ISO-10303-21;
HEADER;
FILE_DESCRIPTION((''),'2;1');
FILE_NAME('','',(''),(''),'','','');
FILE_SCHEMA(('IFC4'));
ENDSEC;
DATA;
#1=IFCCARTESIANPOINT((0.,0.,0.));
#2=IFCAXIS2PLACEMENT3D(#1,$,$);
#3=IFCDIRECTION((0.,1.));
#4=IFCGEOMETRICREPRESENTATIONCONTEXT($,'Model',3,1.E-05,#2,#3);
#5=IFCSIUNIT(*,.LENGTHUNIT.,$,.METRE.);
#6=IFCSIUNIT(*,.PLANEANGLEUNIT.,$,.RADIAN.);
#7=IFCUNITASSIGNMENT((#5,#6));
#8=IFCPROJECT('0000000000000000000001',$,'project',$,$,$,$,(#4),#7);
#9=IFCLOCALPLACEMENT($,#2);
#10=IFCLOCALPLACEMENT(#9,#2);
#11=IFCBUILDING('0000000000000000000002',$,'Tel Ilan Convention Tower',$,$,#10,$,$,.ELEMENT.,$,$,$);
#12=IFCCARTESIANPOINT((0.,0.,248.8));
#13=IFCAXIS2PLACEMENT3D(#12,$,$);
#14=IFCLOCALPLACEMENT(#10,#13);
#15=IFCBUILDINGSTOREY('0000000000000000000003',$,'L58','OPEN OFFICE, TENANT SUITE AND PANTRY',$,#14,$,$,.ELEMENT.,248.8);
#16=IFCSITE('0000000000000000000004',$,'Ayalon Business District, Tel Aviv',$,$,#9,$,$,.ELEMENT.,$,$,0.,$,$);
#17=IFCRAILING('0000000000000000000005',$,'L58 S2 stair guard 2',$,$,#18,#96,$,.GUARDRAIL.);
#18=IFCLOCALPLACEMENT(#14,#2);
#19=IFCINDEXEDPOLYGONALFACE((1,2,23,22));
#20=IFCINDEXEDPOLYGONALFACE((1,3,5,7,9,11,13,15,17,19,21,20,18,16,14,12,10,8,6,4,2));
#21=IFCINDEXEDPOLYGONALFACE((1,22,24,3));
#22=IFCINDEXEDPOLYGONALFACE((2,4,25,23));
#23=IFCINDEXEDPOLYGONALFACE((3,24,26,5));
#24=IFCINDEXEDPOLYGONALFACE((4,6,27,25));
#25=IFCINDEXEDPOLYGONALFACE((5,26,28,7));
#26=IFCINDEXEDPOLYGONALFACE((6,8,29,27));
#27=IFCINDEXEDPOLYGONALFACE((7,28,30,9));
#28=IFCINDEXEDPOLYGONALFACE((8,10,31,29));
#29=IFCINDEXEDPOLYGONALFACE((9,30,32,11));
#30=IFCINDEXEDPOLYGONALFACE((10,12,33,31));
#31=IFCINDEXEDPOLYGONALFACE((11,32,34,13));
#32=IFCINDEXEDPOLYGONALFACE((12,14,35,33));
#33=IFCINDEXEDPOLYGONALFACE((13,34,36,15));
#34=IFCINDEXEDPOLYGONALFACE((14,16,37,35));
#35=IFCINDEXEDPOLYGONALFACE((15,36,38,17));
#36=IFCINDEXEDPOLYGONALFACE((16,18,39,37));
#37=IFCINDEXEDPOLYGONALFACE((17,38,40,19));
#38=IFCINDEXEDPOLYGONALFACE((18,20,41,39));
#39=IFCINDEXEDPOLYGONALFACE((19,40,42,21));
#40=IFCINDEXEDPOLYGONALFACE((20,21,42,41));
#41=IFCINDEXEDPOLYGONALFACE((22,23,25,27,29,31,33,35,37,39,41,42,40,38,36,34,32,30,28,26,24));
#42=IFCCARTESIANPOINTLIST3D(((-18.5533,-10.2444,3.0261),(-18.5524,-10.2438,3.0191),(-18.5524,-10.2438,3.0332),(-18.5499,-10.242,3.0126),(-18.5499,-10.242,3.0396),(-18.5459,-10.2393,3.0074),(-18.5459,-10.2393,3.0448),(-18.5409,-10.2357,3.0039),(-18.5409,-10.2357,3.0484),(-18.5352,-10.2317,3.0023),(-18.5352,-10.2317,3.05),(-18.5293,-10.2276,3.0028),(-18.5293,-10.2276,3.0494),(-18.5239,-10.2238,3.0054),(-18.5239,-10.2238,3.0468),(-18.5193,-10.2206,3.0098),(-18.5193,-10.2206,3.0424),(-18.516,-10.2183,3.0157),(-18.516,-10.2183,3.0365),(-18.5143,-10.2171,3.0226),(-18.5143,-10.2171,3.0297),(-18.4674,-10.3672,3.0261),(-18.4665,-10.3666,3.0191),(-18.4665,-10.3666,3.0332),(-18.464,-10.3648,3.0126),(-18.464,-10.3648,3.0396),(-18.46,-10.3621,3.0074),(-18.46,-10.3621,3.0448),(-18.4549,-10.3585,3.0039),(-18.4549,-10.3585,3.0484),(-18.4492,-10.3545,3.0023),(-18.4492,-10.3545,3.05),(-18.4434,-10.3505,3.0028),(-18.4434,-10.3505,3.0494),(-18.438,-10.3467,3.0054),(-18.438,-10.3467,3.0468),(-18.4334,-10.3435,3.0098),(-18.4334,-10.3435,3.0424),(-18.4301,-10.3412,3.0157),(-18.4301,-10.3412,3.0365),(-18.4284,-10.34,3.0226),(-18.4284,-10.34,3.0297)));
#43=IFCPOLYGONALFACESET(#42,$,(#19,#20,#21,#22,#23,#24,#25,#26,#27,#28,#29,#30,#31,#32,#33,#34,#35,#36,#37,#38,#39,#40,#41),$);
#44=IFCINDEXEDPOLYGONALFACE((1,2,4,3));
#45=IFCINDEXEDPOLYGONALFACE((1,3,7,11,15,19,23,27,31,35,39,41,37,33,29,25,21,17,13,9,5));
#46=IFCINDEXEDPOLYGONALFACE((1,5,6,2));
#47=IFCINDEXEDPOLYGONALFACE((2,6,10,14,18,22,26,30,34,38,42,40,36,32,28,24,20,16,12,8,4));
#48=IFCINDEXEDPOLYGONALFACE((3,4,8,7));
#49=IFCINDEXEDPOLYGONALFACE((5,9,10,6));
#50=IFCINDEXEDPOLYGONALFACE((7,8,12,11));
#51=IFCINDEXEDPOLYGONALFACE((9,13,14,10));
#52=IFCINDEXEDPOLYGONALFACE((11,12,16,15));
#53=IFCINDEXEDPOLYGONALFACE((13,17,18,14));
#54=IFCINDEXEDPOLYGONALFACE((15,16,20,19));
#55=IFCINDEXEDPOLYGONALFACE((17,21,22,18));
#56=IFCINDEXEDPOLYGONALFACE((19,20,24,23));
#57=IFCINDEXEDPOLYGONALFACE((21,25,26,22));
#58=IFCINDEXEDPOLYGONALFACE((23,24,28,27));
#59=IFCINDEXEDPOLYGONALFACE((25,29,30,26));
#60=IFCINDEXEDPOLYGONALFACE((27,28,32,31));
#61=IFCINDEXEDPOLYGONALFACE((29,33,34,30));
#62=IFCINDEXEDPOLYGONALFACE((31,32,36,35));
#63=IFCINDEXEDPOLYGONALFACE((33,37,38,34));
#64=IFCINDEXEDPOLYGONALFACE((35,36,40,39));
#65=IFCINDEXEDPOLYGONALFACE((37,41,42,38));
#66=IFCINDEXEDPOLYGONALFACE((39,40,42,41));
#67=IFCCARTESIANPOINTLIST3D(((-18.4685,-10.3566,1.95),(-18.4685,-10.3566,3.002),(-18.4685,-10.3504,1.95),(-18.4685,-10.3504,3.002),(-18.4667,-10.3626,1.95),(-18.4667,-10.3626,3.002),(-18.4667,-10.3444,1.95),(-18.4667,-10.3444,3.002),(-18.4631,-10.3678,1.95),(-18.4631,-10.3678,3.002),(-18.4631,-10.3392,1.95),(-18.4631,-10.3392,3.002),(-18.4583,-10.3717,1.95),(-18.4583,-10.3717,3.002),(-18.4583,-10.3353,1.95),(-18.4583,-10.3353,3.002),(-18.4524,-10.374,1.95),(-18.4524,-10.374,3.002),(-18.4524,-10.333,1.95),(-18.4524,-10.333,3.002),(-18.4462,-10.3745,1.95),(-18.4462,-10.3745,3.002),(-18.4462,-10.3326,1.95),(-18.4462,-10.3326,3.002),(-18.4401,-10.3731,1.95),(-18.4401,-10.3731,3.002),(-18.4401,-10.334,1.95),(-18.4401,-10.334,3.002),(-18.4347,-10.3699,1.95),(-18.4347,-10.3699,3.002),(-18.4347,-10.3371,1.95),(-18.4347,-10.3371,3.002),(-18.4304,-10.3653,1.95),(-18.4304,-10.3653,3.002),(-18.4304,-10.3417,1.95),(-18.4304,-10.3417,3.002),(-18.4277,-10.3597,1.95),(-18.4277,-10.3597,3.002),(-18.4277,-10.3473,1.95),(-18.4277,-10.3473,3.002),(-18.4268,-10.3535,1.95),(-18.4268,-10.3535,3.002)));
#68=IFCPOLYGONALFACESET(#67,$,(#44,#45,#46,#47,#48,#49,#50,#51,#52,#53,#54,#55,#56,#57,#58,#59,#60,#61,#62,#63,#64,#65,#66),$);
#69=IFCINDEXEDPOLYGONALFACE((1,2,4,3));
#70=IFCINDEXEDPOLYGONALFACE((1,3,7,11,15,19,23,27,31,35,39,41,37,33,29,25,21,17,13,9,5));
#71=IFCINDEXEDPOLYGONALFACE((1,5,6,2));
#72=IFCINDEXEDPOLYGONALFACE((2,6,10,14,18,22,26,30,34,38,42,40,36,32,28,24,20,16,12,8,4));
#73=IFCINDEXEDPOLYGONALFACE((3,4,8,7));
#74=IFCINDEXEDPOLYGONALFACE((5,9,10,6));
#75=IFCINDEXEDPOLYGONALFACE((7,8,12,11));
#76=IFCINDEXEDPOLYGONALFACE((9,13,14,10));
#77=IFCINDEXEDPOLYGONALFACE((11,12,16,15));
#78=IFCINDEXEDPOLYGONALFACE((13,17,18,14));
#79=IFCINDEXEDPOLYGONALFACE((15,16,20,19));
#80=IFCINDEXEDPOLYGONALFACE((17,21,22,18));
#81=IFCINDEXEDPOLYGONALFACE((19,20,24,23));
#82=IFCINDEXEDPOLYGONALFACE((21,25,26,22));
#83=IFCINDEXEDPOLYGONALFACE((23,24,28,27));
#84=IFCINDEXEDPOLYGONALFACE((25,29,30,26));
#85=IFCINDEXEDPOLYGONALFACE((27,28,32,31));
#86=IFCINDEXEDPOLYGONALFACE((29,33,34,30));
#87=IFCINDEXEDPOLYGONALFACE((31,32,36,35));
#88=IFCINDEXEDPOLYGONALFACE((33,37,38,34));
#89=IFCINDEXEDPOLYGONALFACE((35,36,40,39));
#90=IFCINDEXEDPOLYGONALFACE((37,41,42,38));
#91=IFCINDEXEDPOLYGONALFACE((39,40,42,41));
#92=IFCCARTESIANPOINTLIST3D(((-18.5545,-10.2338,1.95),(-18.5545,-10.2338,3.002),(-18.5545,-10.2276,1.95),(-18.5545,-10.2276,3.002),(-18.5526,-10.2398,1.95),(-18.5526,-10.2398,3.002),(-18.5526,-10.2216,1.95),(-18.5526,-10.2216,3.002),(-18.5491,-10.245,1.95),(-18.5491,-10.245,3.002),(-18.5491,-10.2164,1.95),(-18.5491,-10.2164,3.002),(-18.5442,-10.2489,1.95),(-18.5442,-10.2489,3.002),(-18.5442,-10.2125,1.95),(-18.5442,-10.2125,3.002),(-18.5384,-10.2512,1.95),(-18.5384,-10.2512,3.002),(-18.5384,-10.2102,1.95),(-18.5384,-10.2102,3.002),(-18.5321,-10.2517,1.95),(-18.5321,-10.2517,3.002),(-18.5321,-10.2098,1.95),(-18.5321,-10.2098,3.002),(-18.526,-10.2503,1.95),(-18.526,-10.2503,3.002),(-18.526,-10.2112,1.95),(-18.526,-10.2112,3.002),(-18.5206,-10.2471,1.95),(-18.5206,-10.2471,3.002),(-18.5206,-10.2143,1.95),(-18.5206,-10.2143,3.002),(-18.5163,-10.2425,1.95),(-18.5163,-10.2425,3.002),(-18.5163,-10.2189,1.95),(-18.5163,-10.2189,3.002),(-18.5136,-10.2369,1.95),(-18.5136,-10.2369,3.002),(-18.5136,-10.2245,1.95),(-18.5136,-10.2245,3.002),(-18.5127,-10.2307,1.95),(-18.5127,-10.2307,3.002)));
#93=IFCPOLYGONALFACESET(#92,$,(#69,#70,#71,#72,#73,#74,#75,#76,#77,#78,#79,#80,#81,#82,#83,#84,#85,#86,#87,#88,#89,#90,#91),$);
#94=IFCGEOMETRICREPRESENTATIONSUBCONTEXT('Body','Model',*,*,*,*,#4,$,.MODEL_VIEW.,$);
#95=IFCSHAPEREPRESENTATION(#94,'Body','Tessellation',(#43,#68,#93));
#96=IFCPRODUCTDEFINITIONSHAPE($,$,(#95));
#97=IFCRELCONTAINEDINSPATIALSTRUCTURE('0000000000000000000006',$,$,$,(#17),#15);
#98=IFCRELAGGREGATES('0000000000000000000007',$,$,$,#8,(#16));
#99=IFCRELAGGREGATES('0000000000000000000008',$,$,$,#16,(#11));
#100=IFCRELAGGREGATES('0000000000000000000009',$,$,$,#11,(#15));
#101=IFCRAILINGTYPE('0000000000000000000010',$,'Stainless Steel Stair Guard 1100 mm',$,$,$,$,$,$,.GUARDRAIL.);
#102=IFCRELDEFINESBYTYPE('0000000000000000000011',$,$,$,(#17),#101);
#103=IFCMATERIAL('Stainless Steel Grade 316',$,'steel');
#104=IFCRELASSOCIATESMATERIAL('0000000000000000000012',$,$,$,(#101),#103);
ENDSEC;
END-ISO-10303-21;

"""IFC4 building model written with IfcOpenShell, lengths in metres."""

from ifc_helpers import new_model, si_unit, direction, frame, origin, origin_2d, place, context, subcontext, project, spatial, circle, extrude, material, type_object, element, save


model = new_model("IFC4")

# Units and contexts
model_context = context("Model", 3, precision=1e-05, world=origin(), true_north=direction((0.0, 1.0)))
body_context = subcontext(model_context, "Body", "Model", "MODEL_VIEW")
ifc_project = project(units=[si_unit("LENGTHUNIT", "METRE"), si_unit("PLANEANGLEUNIT", "RADIAN")], contexts=[model_context])

# Site, building, storey
site_placement = place(None, origin())
site = spatial("IfcSite", under=ifc_project, at=site_placement, Name="Ayalon Business District, Tel Aviv", CompositionType="ELEMENT", RefElevation=0.0)
building_placement = place(site_placement, origin())
building = spatial("IfcBuilding", under=site, at=building_placement, Name="Tel Ilan Convention Tower", CompositionType="ELEMENT")
storey_placement = place(building_placement, frame((0.0, 0.0, 248.8)))
storey = spatial("IfcBuildingStorey", under=building, at=storey_placement, Name="L58", Description="OPEN OFFICE, TENANT SUITE AND PANTRY", CompositionType="ELEMENT", Elevation=248.8)

# Railing
ifc_material_1 = material(Name="Stainless Steel Grade 316", Category="steel")
railing_type_1 = type_object("IfcRailingType", Name="Stainless Steel Stair Guard 1100 mm", PredefinedType="GUARDRAIL", material=ifc_material_1)
railing_1_placement = place(storey_placement, frame((-18.4478, -10.3535, 1.95)))
element("IfcRailing", 1, at=railing_1_placement, inside=storey, type_object=railing_type_1, Name="L58 S2 stair guard 2", PredefinedType="GUARDRAIL", context=body_context, shape_type="SweptSolid", body=[
    extrude(circle(Radius=0.0239, at=origin_2d()), frame((0.0, 0.0, 1.0762), z_axis=(-0.573353, 0.819308, 0.0), x_axis=(-0.819308, -0.573353, 0.0)), (0.0, 0.0, 1.0), 0.1499),
    extrude(circle(Radius=0.021, at=origin_2d()), origin(), (0.0, 0.0, 1.0), 1.052),
    extrude(circle(Radius=0.021, at=origin_2d()), frame((-0.0859, 0.1228, 0.0)), (0.0, 0.0, 1.0), 1.052),
])

save(model, "model.ifc")
